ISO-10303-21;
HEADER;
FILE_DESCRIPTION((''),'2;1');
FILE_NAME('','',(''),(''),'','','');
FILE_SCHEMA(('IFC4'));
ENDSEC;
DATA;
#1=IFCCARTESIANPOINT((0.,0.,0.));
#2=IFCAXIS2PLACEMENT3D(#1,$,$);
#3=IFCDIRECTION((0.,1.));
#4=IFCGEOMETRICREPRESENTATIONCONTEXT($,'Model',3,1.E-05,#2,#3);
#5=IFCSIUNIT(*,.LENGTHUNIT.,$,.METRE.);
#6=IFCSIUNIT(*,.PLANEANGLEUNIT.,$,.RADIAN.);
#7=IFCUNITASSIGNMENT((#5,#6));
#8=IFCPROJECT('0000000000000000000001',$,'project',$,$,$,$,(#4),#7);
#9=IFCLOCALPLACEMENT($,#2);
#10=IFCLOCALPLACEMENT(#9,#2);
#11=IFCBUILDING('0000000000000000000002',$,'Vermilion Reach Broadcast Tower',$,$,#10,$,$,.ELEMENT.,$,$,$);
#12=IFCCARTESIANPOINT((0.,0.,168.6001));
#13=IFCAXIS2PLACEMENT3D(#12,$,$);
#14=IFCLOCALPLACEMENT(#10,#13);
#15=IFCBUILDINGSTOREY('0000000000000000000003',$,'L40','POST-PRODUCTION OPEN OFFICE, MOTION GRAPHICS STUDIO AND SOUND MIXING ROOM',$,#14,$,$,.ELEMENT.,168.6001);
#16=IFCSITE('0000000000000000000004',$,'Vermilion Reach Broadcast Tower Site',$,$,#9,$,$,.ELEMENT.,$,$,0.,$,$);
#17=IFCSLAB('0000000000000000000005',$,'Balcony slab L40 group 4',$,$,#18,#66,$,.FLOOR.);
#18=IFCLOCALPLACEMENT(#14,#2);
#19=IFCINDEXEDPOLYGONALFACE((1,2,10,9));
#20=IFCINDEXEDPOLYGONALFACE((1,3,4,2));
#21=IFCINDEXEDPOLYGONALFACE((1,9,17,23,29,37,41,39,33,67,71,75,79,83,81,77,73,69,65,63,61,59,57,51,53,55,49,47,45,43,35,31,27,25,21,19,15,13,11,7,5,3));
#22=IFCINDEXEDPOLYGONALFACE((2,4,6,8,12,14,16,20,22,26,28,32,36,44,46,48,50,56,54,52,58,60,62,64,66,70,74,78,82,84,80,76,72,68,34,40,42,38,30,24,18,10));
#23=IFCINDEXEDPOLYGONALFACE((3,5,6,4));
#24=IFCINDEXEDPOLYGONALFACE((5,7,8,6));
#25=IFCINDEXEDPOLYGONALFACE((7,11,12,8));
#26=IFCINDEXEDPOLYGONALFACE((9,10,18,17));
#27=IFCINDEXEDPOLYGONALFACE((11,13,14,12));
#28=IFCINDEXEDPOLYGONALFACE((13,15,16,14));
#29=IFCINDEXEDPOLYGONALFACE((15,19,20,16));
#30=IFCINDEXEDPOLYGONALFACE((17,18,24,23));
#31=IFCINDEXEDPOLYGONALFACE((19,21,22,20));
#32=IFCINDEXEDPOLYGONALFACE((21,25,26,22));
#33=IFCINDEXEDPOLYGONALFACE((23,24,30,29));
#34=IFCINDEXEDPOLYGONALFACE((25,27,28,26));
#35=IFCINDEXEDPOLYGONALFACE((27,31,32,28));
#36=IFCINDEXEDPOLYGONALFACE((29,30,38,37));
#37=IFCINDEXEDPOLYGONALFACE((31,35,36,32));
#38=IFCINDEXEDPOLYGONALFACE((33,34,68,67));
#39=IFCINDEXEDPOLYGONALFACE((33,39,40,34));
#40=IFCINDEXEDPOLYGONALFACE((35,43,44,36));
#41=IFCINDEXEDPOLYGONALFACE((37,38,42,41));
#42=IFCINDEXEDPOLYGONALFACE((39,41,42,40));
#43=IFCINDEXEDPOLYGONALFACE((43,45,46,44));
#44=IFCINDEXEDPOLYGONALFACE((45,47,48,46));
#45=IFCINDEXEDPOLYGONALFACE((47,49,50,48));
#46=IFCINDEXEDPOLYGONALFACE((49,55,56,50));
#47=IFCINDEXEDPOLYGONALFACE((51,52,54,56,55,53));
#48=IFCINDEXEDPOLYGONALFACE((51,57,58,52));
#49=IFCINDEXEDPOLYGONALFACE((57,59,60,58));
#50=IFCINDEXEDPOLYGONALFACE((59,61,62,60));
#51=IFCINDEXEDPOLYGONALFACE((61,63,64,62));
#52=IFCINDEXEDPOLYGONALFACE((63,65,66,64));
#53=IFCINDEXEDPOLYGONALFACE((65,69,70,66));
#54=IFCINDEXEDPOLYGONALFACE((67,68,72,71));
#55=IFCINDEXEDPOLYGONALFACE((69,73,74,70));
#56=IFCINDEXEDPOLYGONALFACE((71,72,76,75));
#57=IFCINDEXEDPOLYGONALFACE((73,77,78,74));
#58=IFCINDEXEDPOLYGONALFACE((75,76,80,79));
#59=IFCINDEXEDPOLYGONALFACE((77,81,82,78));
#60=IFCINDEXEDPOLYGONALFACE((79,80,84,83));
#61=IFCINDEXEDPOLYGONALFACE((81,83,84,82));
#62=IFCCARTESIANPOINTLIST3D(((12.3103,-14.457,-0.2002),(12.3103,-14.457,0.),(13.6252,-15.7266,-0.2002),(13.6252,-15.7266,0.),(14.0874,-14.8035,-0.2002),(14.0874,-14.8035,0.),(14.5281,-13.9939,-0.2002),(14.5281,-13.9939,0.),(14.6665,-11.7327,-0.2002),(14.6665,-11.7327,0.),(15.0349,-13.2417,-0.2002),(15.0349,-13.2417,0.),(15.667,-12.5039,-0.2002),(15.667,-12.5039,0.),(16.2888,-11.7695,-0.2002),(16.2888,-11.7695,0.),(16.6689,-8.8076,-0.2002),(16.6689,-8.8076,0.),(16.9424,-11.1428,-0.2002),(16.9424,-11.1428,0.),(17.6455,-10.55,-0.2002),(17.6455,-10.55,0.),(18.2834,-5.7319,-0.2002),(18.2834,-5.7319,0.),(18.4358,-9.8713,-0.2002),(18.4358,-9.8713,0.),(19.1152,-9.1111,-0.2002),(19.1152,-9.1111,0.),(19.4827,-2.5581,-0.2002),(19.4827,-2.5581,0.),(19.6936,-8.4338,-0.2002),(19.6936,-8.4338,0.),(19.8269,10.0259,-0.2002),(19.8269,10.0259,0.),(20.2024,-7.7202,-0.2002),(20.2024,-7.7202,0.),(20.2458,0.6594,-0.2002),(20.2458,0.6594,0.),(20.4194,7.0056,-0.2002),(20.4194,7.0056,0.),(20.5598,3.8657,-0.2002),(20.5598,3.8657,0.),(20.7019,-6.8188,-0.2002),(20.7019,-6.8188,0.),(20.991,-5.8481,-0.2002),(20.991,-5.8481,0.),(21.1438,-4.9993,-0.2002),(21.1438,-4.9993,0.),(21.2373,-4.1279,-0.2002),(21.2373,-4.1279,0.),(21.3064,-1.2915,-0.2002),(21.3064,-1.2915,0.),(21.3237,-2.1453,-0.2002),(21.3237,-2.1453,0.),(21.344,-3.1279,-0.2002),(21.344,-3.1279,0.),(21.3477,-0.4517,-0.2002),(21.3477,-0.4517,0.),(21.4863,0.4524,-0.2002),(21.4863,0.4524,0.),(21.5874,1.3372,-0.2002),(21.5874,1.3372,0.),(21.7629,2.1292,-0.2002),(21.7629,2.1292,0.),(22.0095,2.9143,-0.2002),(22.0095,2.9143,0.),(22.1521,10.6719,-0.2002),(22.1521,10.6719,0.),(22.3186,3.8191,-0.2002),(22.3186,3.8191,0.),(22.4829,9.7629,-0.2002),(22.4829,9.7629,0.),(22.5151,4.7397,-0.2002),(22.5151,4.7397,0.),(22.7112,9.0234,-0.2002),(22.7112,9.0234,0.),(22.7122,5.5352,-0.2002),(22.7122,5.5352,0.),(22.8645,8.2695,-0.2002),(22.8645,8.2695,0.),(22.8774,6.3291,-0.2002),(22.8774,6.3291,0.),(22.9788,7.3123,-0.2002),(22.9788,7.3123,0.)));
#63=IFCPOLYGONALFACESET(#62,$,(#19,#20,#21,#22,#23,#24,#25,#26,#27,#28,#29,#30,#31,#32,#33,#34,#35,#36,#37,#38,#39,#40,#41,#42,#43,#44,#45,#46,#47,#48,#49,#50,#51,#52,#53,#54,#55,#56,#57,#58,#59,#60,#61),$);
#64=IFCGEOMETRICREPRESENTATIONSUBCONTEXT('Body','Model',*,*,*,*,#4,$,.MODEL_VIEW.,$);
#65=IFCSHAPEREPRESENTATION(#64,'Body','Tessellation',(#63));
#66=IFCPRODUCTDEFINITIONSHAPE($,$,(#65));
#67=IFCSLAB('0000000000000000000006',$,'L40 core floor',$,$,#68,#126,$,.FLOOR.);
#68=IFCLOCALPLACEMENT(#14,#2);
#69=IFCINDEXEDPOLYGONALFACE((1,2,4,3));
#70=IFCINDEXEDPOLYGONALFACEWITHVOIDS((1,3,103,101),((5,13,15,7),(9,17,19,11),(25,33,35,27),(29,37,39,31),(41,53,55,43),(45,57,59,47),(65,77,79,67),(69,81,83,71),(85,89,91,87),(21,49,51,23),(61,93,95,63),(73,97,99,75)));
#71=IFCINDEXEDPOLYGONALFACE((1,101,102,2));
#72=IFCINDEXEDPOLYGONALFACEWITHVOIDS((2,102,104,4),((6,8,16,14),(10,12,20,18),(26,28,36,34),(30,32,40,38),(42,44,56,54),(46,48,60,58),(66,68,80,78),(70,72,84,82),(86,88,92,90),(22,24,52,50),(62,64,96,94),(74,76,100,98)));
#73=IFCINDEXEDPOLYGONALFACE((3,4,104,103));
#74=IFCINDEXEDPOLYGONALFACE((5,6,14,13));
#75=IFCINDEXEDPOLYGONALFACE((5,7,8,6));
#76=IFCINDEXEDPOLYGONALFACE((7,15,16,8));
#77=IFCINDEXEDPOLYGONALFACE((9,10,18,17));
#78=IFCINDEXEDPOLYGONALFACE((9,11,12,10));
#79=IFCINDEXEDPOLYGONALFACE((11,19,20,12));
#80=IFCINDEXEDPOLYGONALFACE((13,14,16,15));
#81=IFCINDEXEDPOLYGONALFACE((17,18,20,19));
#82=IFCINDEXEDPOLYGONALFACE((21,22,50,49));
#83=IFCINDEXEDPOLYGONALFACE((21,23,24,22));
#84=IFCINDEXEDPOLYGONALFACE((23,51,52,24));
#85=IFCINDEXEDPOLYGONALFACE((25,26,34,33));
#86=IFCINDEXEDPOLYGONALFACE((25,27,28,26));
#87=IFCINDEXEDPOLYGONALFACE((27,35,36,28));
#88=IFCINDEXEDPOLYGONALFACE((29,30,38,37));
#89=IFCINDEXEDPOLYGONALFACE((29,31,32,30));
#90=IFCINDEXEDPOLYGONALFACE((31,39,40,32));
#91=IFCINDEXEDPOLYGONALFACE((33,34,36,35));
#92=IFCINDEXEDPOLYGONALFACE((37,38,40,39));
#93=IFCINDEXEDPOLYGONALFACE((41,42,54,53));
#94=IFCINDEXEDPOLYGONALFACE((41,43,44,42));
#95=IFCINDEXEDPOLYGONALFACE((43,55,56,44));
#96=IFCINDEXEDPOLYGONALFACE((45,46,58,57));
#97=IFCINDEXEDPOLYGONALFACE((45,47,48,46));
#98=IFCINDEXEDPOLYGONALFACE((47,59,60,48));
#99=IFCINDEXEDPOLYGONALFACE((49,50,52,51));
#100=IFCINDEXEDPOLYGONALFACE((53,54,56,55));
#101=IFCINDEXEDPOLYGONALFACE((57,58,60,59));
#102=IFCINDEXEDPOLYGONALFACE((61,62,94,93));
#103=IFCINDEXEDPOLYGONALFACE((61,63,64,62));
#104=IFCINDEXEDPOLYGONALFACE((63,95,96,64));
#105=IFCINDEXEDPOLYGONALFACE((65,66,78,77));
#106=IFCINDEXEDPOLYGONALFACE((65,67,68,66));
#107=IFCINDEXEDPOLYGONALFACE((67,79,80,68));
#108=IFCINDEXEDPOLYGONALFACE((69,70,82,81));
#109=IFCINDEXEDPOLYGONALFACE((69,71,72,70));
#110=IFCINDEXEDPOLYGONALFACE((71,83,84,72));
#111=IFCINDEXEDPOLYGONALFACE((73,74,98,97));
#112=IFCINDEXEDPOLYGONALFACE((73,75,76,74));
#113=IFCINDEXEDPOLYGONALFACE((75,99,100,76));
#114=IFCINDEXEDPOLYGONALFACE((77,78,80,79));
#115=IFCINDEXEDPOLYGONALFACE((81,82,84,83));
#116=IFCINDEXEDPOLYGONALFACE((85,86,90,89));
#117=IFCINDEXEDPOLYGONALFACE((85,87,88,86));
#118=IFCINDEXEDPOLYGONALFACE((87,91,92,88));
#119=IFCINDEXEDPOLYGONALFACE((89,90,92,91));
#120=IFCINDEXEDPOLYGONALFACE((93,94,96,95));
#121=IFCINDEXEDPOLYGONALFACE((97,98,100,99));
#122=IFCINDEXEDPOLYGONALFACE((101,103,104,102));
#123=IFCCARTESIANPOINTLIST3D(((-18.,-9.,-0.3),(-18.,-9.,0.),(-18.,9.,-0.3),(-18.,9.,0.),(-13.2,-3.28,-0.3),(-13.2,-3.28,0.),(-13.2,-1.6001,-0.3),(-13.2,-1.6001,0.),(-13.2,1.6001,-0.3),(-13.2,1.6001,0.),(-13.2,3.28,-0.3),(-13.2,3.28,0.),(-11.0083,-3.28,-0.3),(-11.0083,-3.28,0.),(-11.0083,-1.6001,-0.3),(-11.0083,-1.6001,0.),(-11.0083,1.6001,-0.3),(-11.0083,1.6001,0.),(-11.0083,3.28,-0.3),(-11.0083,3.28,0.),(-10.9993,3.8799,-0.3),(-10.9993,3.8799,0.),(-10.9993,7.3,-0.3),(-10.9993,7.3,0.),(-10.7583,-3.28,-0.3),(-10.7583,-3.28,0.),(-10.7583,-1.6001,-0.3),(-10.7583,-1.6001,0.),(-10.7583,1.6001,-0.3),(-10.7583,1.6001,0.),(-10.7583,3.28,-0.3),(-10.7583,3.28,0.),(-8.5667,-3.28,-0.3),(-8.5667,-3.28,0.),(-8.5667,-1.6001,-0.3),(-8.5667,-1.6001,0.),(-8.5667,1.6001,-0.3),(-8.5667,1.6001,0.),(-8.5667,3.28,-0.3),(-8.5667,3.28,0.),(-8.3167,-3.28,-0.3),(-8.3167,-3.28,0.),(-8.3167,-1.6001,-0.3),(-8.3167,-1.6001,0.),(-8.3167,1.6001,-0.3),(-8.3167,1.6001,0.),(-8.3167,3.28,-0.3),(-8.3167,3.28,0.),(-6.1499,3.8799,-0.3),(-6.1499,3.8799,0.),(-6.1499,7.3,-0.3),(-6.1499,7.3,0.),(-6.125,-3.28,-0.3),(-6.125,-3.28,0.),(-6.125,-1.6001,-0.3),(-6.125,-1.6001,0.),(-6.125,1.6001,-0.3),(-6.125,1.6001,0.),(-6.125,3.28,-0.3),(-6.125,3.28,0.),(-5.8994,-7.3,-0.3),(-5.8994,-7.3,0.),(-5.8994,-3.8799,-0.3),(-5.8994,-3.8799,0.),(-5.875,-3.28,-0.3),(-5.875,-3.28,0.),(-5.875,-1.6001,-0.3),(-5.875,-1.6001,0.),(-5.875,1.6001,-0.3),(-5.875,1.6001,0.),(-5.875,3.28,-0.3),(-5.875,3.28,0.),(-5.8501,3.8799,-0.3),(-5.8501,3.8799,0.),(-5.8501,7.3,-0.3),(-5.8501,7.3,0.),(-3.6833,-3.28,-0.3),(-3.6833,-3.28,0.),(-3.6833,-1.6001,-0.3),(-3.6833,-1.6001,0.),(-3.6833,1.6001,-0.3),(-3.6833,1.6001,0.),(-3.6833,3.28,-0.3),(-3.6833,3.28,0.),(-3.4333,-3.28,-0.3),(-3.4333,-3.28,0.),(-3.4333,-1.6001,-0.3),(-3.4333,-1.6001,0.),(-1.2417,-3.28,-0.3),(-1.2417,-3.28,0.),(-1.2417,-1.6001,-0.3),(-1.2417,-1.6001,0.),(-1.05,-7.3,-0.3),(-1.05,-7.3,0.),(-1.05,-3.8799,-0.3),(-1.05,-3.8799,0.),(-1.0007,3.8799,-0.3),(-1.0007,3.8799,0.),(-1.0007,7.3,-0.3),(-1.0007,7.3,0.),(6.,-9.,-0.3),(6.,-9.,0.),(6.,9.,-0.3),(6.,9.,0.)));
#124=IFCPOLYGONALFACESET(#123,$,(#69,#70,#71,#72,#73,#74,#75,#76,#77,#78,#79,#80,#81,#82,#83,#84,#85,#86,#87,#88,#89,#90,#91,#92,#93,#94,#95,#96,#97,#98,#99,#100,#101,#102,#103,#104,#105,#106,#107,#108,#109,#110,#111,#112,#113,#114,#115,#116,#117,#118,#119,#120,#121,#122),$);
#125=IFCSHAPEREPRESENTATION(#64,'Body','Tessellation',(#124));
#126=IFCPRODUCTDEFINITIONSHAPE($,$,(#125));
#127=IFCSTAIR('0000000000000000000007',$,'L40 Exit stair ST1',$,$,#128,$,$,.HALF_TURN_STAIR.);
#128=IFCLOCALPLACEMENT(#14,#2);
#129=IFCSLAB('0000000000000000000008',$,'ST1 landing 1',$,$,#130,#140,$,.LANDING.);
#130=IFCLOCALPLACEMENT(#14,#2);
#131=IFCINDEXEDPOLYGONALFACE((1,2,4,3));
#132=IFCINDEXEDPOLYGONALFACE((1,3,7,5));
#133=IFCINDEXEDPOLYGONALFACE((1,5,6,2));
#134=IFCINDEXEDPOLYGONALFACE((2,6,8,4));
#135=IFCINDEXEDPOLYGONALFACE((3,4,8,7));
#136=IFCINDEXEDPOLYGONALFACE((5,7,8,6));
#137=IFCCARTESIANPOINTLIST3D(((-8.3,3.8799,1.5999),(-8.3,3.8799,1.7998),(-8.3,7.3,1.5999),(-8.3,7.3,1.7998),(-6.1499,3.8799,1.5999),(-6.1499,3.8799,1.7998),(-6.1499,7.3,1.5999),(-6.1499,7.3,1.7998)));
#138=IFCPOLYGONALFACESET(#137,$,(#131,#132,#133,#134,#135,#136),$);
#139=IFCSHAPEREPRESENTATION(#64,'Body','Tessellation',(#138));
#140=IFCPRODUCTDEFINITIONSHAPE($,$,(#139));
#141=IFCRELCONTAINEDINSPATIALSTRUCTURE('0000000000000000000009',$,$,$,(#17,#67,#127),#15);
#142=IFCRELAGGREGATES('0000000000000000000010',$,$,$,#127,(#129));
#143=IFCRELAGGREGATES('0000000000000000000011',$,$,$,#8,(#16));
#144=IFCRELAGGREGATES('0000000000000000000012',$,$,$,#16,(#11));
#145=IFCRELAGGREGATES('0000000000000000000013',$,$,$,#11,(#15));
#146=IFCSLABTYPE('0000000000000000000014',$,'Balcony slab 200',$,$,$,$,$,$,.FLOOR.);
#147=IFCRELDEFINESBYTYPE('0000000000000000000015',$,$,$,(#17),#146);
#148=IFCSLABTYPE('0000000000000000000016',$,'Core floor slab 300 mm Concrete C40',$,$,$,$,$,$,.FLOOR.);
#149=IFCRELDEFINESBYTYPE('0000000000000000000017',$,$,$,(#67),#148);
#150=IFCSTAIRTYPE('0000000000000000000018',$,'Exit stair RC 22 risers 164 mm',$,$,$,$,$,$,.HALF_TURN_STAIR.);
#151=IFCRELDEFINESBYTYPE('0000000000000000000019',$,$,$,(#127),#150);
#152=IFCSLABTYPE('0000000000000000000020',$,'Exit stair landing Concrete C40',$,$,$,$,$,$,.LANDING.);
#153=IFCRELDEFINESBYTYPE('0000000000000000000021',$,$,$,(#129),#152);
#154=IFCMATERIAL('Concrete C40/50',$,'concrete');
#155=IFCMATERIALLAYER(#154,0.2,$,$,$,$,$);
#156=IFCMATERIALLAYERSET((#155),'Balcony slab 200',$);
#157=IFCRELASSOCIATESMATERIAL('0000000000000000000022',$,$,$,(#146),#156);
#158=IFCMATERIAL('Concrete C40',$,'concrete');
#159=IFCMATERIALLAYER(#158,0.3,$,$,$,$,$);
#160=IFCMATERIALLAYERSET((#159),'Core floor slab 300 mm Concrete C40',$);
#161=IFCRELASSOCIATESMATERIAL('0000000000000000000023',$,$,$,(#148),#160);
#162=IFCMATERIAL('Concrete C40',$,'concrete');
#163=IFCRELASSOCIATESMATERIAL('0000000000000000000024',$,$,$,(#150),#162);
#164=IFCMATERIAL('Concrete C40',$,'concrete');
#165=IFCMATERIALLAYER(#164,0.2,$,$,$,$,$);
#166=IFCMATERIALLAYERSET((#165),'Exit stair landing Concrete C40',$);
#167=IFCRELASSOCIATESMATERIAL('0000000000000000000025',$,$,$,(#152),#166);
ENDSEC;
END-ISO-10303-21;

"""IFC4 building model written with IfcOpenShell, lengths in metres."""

from ifc_helpers import new_model, si_unit, direction, frame, origin, place, context, subcontext, project, spatial, polyline, outline, extrude, material, layer, layer_set, type_object, element, aggregate, save


model = new_model("IFC4")

# Units and contexts
model_context = context("Model", 3, precision=1e-05, world=origin(), true_north=direction((0.0, 1.0)))
body_context = subcontext(model_context, "Body", "Model", "MODEL_VIEW")
ifc_project = project(units=[si_unit("LENGTHUNIT", "METRE"), si_unit("PLANEANGLEUNIT", "RADIAN")], contexts=[model_context])

# Site, building, storey
site_placement = place(None, origin())
site = spatial("IfcSite", under=ifc_project, at=site_placement, Name="Vermilion Reach Broadcast Tower Site", CompositionType="ELEMENT", RefElevation=0.0)
building_placement = place(site_placement, origin())
building = spatial("IfcBuilding", under=site, at=building_placement, Name="Vermilion Reach Broadcast Tower", CompositionType="ELEMENT")
storey_placement = place(building_placement, frame((0.0, 0.0, 168.6001)))
storey = spatial("IfcBuildingStorey", under=building, at=storey_placement, Name="L40", Description="POST-PRODUCTION OPEN OFFICE, MOTION GRAPHICS STUDIO AND SOUND MIXING ROOM", CompositionType="ELEMENT", Elevation=168.6001)

# Slabs
ifc_material_1 = material(Name="Concrete C40/50", Category="concrete")
ifc_layer_1 = layer(ifc_material_1, 0.2)
ifc_layer_set_1 = layer_set([ifc_layer_1], Name="Balcony slab 200")
slab_type_1 = type_object("IfcSlabType", Name="Balcony slab 200", PredefinedType="FLOOR", material=ifc_layer_set_1)
placement_1 = place(storey_placement, frame((0.0, 0.0, -0.2002)))
element("IfcSlab", 1, at=placement_1, inside=storey, type_object=slab_type_1, Name="Balcony slab L40 group 4", PredefinedType="FLOOR", context=body_context, shape_type="SweptSolid", body=[
    extrude(outline(polyline([(12.3103, -14.457), (14.6665, -11.7327), (16.6689, -8.8076), (18.2834, -5.7319), (19.4827, -2.5581), (20.2458, 0.6594), (20.5598, 3.8657), (20.4194, 7.0056), (19.8269, 10.0259), (22.1521, 10.6719), (22.4829, 9.7629), (22.7112, 9.0234), (22.8645, 8.2695), (22.9788, 7.3123), (22.8774, 6.3291), (22.7122, 5.5352), (22.5151, 4.7397), (22.3186, 3.8191), (22.0095, 2.9143), (21.7629, 2.1292), (21.5874, 1.3372), (21.4863, 0.4524), (21.3477, -0.4517), (21.3064, -1.2915), (21.3237, -2.1453), (21.344, -3.1279), (21.2373, -4.1279), (21.1438, -4.9993), (20.991, -5.8481), (20.7019, -6.8188), (20.2024, -7.7202), (19.6936, -8.4338), (19.1152, -9.1111), (18.4358, -9.8713), (17.6455, -10.55), (16.9424, -11.1428), (16.2888, -11.7695), (15.667, -12.5039), (15.0349, -13.2417), (14.5281, -13.9939), (14.0874, -14.8035), (13.6252, -15.7266), (12.3103, -14.457)])), origin(), (0.0, 0.0, 1.0), 0.2002),
])
ifc_material_2 = material(Name="Concrete C40", Category="concrete")
ifc_layer_2 = layer(ifc_material_2, 0.3)
ifc_layer_set_2 = layer_set([ifc_layer_2], Name="Core floor slab 300 mm Concrete C40")
slab_type_2 = type_object("IfcSlabType", Name="Core floor slab 300 mm Concrete C40", PredefinedType="FLOOR", material=ifc_layer_set_2)
slab_1_placement = place(storey_placement, frame((0.0, 0.0, -0.3)))
element("IfcSlab", 2, at=slab_1_placement, inside=storey, type_object=slab_type_2, Name="L40 core floor", PredefinedType="FLOOR", context=body_context, shape_type="SweptSolid", body=[
    extrude(outline(polyline([(-18.0, -9.0), (6.0, -9.0), (6.0, 9.0), (-18.0, 9.0), (-18.0, -9.0)]), holes=[polyline([(-13.2, 1.6001), (-11.0083, 1.6001), (-11.0083, 3.28), (-13.2, 3.28), (-13.2, 1.6001)]), polyline([(-10.7583, 1.6001), (-8.5667, 1.6001), (-8.5667, 3.28), (-10.7583, 3.28), (-10.7583, 1.6001)]), polyline([(-8.3167, 1.6001), (-6.125, 1.6001), (-6.125, 3.28), (-8.3167, 3.28), (-8.3167, 1.6001)]), polyline([(-5.875, 1.6001), (-3.6833, 1.6001), (-3.6833, 3.28), (-5.875, 3.28), (-5.875, 1.6001)]), polyline([(-13.2, -3.28), (-11.0083, -3.28), (-11.0083, -1.6001), (-13.2, -1.6001), (-13.2, -3.28)]), polyline([(-10.7583, -3.28), (-8.5667, -3.28), (-8.5667, -1.6001), (-10.7583, -1.6001), (-10.7583, -3.28)]), polyline([(-8.3167, -3.28), (-6.125, -3.28), (-6.125, -1.6001), (-8.3167, -1.6001), (-8.3167, -3.28)]), polyline([(-5.875, -3.28), (-3.6833, -3.28), (-3.6833, -1.6001), (-5.875, -1.6001), (-5.875, -3.28)]), polyline([(-3.4333, -3.28), (-1.2417, -3.28), (-1.2417, -1.6001), (-3.4333, -1.6001), (-3.4333, -3.28)]), polyline([(-10.9993, 3.8799), (-6.1499, 3.8799), (-6.1499, 7.3), (-10.9993, 7.3), (-10.9993, 3.8799)]), polyline([(-1.0007, 7.3), (-5.8501, 7.3), (-5.8501, 3.8799), (-1.0007, 3.8799), (-1.0007, 7.3)]), polyline([(-5.8994, -7.3), (-1.05, -7.3), (-1.05, -3.8799), (-5.8994, -3.8799), (-5.8994, -7.3)])]), origin(), (0.0, 0.0, 1.0), 0.3),
])

# Stair, slab
ifc_material_3 = material(Name="Concrete C40", Category="concrete")
stair_type = type_object("IfcStairType", Name="Exit stair RC 22 risers 164 mm", PredefinedType="HALF_TURN_STAIR", material=ifc_material_3)
placement_2 = place(storey_placement, origin())
stair_1 = element("IfcStair", 3, at=placement_2, inside=storey, type_object=stair_type, Name="L40 Exit stair ST1", PredefinedType="HALF_TURN_STAIR")
ifc_material_4 = material(Name="Concrete C40", Category="concrete")
ifc_layer_3 = layer(ifc_material_4, 0.2)
ifc_layer_set_3 = layer_set([ifc_layer_3], Name="Exit stair landing Concrete C40")
slab_type_3 = type_object("IfcSlabType", Name="Exit stair landing Concrete C40", PredefinedType="LANDING", material=ifc_layer_set_3)
slab_2_placement = place(storey_placement, frame((0.0, 0.0, 1.5999)))
slab_2 = element("IfcSlab", 4, at=slab_2_placement, type_object=slab_type_3, Name="ST1 landing 1", PredefinedType="LANDING", context=body_context, shape_type="SweptSolid", body=[
    extrude(outline(polyline([(-8.3, 3.8799), (-6.1499, 3.8799), (-6.1499, 7.3), (-8.3, 7.3), (-8.3, 3.8799)])), origin(), (0.0, 0.0, 1.0), 0.2),
])
aggregate(stair_1, [slab_2])

save(model, "model.ifc")
